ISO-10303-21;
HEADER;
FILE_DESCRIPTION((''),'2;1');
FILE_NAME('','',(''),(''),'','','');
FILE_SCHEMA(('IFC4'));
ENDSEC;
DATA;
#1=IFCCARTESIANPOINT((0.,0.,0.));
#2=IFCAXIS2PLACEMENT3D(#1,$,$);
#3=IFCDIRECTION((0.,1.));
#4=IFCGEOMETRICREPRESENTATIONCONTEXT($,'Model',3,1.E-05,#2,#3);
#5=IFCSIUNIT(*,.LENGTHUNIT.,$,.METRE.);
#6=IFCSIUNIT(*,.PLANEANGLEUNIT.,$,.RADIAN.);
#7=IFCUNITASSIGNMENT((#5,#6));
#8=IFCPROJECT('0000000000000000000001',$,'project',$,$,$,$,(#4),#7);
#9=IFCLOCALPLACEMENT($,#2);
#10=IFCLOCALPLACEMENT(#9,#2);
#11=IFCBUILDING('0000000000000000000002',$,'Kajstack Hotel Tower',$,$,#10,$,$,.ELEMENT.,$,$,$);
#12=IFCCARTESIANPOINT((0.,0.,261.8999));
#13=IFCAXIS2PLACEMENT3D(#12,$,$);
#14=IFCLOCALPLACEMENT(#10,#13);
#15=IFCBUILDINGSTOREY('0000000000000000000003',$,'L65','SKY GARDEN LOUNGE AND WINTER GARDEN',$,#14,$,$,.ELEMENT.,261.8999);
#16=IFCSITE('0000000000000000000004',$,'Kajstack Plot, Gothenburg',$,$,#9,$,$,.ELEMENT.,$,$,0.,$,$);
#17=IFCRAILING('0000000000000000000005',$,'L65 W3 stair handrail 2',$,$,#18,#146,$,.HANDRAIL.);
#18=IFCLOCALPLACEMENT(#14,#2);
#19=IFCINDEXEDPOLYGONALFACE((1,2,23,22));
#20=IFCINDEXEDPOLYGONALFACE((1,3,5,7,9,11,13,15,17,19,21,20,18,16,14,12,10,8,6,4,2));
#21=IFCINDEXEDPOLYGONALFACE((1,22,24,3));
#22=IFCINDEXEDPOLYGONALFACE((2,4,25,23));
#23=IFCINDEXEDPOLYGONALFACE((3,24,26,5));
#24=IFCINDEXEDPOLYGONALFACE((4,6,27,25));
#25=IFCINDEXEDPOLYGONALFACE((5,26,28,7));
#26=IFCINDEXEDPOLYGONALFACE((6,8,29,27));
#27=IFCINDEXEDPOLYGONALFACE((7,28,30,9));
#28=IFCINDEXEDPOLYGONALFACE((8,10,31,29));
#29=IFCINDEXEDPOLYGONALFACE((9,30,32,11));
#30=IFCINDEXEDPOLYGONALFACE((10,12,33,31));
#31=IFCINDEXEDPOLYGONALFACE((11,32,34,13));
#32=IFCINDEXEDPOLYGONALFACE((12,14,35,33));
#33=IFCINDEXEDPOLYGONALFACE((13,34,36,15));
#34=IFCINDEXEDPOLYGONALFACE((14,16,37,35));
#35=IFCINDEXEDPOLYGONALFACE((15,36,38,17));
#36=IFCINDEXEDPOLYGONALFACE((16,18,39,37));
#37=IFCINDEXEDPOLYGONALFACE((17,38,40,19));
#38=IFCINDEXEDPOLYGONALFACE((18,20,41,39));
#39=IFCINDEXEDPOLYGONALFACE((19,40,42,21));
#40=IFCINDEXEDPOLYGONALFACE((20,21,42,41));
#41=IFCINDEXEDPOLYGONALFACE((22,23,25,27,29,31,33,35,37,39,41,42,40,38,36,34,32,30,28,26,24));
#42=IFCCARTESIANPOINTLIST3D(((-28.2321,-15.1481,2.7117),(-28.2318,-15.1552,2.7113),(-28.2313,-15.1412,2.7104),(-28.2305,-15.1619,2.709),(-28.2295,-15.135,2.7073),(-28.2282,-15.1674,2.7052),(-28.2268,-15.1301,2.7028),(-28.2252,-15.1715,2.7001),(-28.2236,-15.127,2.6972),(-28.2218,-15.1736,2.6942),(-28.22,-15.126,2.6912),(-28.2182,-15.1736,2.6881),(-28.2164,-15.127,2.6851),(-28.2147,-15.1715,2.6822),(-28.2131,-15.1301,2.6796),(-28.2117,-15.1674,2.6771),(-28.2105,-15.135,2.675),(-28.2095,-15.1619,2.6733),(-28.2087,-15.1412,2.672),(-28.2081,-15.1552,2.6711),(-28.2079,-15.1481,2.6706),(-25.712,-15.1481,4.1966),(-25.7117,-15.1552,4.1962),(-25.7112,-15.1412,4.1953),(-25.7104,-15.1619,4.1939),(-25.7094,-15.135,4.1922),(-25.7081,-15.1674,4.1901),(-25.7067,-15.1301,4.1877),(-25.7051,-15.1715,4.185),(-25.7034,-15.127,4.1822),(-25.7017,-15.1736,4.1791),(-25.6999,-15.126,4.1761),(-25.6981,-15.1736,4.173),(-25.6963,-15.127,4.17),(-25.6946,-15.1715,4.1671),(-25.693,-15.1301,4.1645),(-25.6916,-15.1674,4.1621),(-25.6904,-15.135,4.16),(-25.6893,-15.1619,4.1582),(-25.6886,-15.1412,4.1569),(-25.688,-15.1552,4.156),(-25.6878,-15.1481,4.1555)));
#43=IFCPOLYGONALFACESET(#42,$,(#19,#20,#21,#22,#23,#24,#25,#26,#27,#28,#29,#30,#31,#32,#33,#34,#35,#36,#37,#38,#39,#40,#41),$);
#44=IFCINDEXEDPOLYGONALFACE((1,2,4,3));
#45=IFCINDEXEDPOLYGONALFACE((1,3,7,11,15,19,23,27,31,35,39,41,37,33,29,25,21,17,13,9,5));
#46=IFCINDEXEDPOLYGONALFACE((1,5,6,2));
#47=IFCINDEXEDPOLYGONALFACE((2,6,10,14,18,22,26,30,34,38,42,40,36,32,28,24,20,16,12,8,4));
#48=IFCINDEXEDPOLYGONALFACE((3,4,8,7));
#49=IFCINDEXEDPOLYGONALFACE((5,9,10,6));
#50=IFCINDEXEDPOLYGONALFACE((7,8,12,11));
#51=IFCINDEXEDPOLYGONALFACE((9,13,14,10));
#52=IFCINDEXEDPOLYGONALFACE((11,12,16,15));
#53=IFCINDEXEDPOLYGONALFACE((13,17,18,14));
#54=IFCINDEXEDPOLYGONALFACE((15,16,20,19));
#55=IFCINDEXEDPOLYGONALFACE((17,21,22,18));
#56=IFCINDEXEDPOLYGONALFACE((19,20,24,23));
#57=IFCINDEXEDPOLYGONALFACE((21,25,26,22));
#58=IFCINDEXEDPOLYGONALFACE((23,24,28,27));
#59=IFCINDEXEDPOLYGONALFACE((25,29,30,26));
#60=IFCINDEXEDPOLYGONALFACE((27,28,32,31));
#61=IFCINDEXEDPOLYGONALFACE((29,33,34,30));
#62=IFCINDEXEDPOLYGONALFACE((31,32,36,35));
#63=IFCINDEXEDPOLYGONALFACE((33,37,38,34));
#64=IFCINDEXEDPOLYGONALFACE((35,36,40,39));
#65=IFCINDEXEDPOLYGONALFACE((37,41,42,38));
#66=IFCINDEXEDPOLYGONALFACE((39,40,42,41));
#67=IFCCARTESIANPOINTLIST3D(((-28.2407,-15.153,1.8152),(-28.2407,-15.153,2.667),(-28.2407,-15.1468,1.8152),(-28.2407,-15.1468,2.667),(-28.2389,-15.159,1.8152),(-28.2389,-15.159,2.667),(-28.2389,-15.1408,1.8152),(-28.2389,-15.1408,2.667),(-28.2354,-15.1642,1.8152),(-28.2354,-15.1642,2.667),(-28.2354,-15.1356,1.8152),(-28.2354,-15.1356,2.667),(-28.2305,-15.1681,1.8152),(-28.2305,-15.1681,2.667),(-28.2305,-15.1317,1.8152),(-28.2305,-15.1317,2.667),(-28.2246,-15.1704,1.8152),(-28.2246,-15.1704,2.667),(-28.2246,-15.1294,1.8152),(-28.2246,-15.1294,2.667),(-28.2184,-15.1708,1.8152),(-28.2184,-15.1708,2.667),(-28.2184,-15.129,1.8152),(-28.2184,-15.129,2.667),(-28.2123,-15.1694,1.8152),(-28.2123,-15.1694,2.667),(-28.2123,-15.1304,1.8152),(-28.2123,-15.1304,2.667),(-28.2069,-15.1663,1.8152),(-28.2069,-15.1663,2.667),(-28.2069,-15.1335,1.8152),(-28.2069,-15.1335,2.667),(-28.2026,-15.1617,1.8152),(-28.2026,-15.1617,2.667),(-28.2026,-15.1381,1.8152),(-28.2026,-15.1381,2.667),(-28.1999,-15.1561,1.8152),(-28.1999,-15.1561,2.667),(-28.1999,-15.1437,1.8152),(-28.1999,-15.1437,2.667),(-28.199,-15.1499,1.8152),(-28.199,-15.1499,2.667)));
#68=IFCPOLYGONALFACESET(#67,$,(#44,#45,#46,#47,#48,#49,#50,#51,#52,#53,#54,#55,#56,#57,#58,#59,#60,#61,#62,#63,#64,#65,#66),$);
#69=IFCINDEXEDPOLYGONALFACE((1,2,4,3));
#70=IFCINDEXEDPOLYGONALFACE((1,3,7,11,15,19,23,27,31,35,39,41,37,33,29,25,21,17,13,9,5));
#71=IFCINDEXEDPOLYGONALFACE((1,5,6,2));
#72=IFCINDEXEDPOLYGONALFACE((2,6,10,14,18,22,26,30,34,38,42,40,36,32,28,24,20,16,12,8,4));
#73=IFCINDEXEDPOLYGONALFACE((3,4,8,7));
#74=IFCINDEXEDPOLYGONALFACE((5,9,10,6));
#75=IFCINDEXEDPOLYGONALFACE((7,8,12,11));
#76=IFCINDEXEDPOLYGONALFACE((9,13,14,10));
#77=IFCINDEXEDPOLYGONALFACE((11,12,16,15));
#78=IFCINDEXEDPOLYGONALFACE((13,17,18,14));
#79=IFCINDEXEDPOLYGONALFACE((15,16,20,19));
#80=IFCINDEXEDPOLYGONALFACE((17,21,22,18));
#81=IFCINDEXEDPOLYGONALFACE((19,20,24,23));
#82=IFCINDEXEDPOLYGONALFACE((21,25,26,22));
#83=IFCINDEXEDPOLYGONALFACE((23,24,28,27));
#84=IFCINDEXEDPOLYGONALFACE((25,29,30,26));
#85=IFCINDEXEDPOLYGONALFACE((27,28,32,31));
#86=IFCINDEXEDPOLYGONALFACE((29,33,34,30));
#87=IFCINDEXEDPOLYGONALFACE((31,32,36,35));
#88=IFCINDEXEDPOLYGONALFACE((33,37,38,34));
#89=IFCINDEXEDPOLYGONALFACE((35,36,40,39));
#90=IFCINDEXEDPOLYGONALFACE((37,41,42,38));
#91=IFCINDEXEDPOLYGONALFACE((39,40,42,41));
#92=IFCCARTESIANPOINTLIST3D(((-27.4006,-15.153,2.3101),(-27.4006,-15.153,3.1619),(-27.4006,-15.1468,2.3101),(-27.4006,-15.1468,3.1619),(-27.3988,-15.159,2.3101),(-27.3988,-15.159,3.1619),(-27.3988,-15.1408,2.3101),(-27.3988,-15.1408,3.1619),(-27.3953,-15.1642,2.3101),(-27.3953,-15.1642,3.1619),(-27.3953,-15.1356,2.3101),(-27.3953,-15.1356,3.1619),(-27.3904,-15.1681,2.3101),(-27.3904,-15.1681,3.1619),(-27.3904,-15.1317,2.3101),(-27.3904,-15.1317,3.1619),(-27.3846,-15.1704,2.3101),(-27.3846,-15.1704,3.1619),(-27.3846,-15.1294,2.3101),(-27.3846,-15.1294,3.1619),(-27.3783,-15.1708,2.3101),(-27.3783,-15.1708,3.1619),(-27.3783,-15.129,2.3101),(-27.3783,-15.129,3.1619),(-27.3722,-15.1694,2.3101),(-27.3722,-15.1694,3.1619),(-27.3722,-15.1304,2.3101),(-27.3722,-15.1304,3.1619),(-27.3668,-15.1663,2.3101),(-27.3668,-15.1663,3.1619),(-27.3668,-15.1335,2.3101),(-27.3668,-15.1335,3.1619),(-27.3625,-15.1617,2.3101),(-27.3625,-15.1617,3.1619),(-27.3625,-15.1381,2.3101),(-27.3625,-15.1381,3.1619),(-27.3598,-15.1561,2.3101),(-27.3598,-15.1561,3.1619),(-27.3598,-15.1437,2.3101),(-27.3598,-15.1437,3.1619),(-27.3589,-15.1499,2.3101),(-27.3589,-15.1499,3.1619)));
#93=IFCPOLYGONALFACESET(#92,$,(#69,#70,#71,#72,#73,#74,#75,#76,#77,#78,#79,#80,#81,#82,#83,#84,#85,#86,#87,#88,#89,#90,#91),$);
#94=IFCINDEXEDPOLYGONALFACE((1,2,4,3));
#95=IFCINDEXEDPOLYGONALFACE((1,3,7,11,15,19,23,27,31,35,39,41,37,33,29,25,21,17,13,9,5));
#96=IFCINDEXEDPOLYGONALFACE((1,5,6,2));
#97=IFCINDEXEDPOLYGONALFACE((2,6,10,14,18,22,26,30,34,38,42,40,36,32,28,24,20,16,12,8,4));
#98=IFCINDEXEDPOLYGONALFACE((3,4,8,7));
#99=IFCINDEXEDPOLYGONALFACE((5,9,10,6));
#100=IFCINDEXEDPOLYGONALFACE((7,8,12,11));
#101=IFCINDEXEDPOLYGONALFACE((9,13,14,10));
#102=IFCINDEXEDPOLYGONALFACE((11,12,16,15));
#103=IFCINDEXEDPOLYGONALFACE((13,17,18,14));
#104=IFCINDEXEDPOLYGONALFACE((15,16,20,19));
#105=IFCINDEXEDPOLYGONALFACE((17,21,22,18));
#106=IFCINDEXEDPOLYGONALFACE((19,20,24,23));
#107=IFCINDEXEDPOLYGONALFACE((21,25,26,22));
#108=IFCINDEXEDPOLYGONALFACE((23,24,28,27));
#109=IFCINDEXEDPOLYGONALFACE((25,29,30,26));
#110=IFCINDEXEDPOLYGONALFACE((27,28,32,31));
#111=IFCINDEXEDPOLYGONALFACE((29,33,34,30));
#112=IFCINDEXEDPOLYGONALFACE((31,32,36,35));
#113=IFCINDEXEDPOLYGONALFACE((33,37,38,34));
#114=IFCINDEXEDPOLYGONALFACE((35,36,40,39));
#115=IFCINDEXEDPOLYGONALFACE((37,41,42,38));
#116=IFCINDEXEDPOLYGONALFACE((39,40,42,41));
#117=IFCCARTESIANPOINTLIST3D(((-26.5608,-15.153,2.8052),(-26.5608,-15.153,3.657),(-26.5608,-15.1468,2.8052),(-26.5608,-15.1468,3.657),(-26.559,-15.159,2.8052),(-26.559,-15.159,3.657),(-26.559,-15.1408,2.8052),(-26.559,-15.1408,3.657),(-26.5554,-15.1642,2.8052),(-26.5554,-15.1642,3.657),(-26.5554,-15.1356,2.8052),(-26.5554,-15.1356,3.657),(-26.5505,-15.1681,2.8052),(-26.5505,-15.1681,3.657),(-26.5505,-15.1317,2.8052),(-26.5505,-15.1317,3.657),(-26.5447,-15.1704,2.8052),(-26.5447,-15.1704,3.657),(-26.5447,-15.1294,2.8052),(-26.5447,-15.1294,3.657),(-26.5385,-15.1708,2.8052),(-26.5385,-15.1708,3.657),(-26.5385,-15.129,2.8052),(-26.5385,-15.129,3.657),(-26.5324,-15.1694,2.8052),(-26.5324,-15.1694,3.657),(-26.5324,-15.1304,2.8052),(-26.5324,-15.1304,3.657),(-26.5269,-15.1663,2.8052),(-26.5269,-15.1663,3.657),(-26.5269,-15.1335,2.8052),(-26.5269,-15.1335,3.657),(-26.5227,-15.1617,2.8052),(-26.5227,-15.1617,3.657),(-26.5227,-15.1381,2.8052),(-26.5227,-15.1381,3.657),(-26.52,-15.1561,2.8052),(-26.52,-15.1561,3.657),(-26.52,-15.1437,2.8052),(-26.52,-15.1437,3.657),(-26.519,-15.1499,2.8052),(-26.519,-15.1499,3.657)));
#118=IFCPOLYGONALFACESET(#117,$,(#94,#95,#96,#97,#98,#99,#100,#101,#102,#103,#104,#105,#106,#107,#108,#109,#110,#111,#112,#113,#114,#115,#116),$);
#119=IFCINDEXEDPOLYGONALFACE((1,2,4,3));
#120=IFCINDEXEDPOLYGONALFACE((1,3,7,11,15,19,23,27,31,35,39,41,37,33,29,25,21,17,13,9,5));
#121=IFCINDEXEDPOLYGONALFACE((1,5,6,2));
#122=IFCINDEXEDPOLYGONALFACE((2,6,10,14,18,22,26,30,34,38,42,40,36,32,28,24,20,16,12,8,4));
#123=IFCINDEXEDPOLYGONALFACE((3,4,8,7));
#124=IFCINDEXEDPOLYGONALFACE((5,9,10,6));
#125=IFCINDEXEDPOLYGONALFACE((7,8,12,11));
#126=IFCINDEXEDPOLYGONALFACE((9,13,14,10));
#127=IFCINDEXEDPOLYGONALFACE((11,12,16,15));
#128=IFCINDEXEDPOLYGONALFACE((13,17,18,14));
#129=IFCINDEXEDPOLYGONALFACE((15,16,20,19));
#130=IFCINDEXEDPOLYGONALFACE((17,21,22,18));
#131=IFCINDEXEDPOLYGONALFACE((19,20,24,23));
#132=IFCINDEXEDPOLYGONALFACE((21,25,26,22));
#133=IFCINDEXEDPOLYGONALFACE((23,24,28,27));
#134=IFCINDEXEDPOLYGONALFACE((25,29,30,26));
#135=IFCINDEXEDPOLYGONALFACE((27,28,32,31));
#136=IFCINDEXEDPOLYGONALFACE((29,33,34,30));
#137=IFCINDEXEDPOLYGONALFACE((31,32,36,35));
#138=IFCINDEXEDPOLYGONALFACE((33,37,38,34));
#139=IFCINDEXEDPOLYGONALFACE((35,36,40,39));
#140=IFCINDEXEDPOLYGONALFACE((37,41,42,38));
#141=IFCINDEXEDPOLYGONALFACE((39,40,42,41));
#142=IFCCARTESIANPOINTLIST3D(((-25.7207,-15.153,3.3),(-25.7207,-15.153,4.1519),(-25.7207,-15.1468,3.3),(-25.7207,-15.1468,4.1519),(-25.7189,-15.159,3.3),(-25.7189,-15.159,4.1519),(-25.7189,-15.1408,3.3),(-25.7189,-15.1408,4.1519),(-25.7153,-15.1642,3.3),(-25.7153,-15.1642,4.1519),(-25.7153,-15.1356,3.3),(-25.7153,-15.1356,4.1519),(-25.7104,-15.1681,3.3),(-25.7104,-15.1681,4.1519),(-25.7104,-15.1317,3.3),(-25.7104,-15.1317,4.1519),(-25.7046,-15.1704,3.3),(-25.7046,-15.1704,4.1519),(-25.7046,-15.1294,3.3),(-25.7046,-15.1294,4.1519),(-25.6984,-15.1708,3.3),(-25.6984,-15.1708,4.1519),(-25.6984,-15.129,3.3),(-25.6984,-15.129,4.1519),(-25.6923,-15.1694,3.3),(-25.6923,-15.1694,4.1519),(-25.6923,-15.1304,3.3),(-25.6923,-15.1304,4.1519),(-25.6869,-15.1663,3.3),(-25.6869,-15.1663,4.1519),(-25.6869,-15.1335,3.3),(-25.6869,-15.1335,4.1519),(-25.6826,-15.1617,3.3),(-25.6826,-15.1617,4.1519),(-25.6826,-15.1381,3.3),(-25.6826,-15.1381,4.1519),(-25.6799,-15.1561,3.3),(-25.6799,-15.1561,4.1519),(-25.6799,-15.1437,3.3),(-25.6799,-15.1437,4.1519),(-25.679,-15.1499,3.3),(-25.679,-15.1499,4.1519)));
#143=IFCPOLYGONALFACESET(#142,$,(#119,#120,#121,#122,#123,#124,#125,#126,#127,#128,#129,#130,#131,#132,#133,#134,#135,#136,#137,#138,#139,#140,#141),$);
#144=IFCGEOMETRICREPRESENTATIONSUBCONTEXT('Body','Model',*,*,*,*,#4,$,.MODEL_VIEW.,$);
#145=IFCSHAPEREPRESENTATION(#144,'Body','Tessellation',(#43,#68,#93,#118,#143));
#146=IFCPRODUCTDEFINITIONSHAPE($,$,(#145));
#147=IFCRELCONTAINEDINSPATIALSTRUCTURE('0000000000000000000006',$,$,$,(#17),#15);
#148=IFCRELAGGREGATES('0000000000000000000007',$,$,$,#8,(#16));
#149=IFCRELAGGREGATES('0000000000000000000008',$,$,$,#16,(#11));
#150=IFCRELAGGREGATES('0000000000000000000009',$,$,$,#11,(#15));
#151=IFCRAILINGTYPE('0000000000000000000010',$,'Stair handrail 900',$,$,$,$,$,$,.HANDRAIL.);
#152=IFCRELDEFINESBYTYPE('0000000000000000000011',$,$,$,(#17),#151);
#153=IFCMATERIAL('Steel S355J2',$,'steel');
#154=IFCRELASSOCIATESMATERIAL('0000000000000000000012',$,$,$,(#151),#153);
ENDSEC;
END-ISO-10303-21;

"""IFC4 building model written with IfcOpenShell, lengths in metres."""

from ifc_helpers import new_model, si_unit, direction, frame, origin, origin_2d, place, context, subcontext, project, spatial, circle, extrude, material, type_object, element, save


model = new_model("IFC4")

# Units and contexts
model_context = context("Model", 3, precision=1e-05, world=origin(), true_north=direction((0.0, 1.0)))
body_context = subcontext(model_context, "Body", "Model", "MODEL_VIEW")
ifc_project = project(units=[si_unit("LENGTHUNIT", "METRE"), si_unit("PLANEANGLEUNIT", "RADIAN")], contexts=[model_context])

# Site, building, storey
site_placement = place(None, origin())
site = spatial("IfcSite", under=ifc_project, at=site_placement, Name="Kajstack Plot, Gothenburg", CompositionType="ELEMENT", RefElevation=0.0)
building_placement = place(site_placement, origin())
building = spatial("IfcBuilding", under=site, at=building_placement, Name="Kajstack Hotel Tower", CompositionType="ELEMENT")
storey_placement = place(building_placement, frame((0.0, 0.0, 261.8999)))
storey = spatial("IfcBuildingStorey", under=building, at=storey_placement, Name="L65", Description="SKY GARDEN LOUNGE AND WINTER GARDEN", CompositionType="ELEMENT", Elevation=261.8999)

# Railing
ifc_material_1 = material(Name="Steel S355J2", Category="steel")
railing_type_1 = type_object("IfcRailingType", Name="Stair handrail 900", PredefinedType="HANDRAIL", material=ifc_material_1)
railing_1_placement = place(storey_placement, frame((-28.22, -15.1499, 1.8152)))
element("IfcRailing", 1, at=railing_1_placement, inside=storey, type_object=railing_type_1, Name="L65 W3 stair handrail 2", PredefinedType="HANDRAIL", context=body_context, shape_type="SweptSolid", body=[
    extrude(circle(Radius=0.0239, at=origin_2d()), frame((0.0, 0.0, 0.876), z_axis=(0.861561, 0.0, 0.507655), x_axis=(0.0, 1.0, 0.0)), (0.0, 0.0, 1.0), 2.925),
    extrude(circle(Radius=0.021, at=origin_2d()), origin(), (0.0, 0.0, 1.0), 0.8518),
    extrude(circle(Radius=0.021, at=origin_2d()), frame((0.8401, 0.0, 0.4949)), (0.0, 0.0, 1.0), 0.8518),
    extrude(circle(Radius=0.021, at=origin_2d()), frame((1.6799, 0.0, 0.99)), (0.0, 0.0, 1.0), 0.8518),
    extrude(circle(Radius=0.021, at=origin_2d()), frame((2.52, 0.0, 1.4849)), (0.0, 0.0, 1.0), 0.8518),
])

save(model, "model.ifc")
